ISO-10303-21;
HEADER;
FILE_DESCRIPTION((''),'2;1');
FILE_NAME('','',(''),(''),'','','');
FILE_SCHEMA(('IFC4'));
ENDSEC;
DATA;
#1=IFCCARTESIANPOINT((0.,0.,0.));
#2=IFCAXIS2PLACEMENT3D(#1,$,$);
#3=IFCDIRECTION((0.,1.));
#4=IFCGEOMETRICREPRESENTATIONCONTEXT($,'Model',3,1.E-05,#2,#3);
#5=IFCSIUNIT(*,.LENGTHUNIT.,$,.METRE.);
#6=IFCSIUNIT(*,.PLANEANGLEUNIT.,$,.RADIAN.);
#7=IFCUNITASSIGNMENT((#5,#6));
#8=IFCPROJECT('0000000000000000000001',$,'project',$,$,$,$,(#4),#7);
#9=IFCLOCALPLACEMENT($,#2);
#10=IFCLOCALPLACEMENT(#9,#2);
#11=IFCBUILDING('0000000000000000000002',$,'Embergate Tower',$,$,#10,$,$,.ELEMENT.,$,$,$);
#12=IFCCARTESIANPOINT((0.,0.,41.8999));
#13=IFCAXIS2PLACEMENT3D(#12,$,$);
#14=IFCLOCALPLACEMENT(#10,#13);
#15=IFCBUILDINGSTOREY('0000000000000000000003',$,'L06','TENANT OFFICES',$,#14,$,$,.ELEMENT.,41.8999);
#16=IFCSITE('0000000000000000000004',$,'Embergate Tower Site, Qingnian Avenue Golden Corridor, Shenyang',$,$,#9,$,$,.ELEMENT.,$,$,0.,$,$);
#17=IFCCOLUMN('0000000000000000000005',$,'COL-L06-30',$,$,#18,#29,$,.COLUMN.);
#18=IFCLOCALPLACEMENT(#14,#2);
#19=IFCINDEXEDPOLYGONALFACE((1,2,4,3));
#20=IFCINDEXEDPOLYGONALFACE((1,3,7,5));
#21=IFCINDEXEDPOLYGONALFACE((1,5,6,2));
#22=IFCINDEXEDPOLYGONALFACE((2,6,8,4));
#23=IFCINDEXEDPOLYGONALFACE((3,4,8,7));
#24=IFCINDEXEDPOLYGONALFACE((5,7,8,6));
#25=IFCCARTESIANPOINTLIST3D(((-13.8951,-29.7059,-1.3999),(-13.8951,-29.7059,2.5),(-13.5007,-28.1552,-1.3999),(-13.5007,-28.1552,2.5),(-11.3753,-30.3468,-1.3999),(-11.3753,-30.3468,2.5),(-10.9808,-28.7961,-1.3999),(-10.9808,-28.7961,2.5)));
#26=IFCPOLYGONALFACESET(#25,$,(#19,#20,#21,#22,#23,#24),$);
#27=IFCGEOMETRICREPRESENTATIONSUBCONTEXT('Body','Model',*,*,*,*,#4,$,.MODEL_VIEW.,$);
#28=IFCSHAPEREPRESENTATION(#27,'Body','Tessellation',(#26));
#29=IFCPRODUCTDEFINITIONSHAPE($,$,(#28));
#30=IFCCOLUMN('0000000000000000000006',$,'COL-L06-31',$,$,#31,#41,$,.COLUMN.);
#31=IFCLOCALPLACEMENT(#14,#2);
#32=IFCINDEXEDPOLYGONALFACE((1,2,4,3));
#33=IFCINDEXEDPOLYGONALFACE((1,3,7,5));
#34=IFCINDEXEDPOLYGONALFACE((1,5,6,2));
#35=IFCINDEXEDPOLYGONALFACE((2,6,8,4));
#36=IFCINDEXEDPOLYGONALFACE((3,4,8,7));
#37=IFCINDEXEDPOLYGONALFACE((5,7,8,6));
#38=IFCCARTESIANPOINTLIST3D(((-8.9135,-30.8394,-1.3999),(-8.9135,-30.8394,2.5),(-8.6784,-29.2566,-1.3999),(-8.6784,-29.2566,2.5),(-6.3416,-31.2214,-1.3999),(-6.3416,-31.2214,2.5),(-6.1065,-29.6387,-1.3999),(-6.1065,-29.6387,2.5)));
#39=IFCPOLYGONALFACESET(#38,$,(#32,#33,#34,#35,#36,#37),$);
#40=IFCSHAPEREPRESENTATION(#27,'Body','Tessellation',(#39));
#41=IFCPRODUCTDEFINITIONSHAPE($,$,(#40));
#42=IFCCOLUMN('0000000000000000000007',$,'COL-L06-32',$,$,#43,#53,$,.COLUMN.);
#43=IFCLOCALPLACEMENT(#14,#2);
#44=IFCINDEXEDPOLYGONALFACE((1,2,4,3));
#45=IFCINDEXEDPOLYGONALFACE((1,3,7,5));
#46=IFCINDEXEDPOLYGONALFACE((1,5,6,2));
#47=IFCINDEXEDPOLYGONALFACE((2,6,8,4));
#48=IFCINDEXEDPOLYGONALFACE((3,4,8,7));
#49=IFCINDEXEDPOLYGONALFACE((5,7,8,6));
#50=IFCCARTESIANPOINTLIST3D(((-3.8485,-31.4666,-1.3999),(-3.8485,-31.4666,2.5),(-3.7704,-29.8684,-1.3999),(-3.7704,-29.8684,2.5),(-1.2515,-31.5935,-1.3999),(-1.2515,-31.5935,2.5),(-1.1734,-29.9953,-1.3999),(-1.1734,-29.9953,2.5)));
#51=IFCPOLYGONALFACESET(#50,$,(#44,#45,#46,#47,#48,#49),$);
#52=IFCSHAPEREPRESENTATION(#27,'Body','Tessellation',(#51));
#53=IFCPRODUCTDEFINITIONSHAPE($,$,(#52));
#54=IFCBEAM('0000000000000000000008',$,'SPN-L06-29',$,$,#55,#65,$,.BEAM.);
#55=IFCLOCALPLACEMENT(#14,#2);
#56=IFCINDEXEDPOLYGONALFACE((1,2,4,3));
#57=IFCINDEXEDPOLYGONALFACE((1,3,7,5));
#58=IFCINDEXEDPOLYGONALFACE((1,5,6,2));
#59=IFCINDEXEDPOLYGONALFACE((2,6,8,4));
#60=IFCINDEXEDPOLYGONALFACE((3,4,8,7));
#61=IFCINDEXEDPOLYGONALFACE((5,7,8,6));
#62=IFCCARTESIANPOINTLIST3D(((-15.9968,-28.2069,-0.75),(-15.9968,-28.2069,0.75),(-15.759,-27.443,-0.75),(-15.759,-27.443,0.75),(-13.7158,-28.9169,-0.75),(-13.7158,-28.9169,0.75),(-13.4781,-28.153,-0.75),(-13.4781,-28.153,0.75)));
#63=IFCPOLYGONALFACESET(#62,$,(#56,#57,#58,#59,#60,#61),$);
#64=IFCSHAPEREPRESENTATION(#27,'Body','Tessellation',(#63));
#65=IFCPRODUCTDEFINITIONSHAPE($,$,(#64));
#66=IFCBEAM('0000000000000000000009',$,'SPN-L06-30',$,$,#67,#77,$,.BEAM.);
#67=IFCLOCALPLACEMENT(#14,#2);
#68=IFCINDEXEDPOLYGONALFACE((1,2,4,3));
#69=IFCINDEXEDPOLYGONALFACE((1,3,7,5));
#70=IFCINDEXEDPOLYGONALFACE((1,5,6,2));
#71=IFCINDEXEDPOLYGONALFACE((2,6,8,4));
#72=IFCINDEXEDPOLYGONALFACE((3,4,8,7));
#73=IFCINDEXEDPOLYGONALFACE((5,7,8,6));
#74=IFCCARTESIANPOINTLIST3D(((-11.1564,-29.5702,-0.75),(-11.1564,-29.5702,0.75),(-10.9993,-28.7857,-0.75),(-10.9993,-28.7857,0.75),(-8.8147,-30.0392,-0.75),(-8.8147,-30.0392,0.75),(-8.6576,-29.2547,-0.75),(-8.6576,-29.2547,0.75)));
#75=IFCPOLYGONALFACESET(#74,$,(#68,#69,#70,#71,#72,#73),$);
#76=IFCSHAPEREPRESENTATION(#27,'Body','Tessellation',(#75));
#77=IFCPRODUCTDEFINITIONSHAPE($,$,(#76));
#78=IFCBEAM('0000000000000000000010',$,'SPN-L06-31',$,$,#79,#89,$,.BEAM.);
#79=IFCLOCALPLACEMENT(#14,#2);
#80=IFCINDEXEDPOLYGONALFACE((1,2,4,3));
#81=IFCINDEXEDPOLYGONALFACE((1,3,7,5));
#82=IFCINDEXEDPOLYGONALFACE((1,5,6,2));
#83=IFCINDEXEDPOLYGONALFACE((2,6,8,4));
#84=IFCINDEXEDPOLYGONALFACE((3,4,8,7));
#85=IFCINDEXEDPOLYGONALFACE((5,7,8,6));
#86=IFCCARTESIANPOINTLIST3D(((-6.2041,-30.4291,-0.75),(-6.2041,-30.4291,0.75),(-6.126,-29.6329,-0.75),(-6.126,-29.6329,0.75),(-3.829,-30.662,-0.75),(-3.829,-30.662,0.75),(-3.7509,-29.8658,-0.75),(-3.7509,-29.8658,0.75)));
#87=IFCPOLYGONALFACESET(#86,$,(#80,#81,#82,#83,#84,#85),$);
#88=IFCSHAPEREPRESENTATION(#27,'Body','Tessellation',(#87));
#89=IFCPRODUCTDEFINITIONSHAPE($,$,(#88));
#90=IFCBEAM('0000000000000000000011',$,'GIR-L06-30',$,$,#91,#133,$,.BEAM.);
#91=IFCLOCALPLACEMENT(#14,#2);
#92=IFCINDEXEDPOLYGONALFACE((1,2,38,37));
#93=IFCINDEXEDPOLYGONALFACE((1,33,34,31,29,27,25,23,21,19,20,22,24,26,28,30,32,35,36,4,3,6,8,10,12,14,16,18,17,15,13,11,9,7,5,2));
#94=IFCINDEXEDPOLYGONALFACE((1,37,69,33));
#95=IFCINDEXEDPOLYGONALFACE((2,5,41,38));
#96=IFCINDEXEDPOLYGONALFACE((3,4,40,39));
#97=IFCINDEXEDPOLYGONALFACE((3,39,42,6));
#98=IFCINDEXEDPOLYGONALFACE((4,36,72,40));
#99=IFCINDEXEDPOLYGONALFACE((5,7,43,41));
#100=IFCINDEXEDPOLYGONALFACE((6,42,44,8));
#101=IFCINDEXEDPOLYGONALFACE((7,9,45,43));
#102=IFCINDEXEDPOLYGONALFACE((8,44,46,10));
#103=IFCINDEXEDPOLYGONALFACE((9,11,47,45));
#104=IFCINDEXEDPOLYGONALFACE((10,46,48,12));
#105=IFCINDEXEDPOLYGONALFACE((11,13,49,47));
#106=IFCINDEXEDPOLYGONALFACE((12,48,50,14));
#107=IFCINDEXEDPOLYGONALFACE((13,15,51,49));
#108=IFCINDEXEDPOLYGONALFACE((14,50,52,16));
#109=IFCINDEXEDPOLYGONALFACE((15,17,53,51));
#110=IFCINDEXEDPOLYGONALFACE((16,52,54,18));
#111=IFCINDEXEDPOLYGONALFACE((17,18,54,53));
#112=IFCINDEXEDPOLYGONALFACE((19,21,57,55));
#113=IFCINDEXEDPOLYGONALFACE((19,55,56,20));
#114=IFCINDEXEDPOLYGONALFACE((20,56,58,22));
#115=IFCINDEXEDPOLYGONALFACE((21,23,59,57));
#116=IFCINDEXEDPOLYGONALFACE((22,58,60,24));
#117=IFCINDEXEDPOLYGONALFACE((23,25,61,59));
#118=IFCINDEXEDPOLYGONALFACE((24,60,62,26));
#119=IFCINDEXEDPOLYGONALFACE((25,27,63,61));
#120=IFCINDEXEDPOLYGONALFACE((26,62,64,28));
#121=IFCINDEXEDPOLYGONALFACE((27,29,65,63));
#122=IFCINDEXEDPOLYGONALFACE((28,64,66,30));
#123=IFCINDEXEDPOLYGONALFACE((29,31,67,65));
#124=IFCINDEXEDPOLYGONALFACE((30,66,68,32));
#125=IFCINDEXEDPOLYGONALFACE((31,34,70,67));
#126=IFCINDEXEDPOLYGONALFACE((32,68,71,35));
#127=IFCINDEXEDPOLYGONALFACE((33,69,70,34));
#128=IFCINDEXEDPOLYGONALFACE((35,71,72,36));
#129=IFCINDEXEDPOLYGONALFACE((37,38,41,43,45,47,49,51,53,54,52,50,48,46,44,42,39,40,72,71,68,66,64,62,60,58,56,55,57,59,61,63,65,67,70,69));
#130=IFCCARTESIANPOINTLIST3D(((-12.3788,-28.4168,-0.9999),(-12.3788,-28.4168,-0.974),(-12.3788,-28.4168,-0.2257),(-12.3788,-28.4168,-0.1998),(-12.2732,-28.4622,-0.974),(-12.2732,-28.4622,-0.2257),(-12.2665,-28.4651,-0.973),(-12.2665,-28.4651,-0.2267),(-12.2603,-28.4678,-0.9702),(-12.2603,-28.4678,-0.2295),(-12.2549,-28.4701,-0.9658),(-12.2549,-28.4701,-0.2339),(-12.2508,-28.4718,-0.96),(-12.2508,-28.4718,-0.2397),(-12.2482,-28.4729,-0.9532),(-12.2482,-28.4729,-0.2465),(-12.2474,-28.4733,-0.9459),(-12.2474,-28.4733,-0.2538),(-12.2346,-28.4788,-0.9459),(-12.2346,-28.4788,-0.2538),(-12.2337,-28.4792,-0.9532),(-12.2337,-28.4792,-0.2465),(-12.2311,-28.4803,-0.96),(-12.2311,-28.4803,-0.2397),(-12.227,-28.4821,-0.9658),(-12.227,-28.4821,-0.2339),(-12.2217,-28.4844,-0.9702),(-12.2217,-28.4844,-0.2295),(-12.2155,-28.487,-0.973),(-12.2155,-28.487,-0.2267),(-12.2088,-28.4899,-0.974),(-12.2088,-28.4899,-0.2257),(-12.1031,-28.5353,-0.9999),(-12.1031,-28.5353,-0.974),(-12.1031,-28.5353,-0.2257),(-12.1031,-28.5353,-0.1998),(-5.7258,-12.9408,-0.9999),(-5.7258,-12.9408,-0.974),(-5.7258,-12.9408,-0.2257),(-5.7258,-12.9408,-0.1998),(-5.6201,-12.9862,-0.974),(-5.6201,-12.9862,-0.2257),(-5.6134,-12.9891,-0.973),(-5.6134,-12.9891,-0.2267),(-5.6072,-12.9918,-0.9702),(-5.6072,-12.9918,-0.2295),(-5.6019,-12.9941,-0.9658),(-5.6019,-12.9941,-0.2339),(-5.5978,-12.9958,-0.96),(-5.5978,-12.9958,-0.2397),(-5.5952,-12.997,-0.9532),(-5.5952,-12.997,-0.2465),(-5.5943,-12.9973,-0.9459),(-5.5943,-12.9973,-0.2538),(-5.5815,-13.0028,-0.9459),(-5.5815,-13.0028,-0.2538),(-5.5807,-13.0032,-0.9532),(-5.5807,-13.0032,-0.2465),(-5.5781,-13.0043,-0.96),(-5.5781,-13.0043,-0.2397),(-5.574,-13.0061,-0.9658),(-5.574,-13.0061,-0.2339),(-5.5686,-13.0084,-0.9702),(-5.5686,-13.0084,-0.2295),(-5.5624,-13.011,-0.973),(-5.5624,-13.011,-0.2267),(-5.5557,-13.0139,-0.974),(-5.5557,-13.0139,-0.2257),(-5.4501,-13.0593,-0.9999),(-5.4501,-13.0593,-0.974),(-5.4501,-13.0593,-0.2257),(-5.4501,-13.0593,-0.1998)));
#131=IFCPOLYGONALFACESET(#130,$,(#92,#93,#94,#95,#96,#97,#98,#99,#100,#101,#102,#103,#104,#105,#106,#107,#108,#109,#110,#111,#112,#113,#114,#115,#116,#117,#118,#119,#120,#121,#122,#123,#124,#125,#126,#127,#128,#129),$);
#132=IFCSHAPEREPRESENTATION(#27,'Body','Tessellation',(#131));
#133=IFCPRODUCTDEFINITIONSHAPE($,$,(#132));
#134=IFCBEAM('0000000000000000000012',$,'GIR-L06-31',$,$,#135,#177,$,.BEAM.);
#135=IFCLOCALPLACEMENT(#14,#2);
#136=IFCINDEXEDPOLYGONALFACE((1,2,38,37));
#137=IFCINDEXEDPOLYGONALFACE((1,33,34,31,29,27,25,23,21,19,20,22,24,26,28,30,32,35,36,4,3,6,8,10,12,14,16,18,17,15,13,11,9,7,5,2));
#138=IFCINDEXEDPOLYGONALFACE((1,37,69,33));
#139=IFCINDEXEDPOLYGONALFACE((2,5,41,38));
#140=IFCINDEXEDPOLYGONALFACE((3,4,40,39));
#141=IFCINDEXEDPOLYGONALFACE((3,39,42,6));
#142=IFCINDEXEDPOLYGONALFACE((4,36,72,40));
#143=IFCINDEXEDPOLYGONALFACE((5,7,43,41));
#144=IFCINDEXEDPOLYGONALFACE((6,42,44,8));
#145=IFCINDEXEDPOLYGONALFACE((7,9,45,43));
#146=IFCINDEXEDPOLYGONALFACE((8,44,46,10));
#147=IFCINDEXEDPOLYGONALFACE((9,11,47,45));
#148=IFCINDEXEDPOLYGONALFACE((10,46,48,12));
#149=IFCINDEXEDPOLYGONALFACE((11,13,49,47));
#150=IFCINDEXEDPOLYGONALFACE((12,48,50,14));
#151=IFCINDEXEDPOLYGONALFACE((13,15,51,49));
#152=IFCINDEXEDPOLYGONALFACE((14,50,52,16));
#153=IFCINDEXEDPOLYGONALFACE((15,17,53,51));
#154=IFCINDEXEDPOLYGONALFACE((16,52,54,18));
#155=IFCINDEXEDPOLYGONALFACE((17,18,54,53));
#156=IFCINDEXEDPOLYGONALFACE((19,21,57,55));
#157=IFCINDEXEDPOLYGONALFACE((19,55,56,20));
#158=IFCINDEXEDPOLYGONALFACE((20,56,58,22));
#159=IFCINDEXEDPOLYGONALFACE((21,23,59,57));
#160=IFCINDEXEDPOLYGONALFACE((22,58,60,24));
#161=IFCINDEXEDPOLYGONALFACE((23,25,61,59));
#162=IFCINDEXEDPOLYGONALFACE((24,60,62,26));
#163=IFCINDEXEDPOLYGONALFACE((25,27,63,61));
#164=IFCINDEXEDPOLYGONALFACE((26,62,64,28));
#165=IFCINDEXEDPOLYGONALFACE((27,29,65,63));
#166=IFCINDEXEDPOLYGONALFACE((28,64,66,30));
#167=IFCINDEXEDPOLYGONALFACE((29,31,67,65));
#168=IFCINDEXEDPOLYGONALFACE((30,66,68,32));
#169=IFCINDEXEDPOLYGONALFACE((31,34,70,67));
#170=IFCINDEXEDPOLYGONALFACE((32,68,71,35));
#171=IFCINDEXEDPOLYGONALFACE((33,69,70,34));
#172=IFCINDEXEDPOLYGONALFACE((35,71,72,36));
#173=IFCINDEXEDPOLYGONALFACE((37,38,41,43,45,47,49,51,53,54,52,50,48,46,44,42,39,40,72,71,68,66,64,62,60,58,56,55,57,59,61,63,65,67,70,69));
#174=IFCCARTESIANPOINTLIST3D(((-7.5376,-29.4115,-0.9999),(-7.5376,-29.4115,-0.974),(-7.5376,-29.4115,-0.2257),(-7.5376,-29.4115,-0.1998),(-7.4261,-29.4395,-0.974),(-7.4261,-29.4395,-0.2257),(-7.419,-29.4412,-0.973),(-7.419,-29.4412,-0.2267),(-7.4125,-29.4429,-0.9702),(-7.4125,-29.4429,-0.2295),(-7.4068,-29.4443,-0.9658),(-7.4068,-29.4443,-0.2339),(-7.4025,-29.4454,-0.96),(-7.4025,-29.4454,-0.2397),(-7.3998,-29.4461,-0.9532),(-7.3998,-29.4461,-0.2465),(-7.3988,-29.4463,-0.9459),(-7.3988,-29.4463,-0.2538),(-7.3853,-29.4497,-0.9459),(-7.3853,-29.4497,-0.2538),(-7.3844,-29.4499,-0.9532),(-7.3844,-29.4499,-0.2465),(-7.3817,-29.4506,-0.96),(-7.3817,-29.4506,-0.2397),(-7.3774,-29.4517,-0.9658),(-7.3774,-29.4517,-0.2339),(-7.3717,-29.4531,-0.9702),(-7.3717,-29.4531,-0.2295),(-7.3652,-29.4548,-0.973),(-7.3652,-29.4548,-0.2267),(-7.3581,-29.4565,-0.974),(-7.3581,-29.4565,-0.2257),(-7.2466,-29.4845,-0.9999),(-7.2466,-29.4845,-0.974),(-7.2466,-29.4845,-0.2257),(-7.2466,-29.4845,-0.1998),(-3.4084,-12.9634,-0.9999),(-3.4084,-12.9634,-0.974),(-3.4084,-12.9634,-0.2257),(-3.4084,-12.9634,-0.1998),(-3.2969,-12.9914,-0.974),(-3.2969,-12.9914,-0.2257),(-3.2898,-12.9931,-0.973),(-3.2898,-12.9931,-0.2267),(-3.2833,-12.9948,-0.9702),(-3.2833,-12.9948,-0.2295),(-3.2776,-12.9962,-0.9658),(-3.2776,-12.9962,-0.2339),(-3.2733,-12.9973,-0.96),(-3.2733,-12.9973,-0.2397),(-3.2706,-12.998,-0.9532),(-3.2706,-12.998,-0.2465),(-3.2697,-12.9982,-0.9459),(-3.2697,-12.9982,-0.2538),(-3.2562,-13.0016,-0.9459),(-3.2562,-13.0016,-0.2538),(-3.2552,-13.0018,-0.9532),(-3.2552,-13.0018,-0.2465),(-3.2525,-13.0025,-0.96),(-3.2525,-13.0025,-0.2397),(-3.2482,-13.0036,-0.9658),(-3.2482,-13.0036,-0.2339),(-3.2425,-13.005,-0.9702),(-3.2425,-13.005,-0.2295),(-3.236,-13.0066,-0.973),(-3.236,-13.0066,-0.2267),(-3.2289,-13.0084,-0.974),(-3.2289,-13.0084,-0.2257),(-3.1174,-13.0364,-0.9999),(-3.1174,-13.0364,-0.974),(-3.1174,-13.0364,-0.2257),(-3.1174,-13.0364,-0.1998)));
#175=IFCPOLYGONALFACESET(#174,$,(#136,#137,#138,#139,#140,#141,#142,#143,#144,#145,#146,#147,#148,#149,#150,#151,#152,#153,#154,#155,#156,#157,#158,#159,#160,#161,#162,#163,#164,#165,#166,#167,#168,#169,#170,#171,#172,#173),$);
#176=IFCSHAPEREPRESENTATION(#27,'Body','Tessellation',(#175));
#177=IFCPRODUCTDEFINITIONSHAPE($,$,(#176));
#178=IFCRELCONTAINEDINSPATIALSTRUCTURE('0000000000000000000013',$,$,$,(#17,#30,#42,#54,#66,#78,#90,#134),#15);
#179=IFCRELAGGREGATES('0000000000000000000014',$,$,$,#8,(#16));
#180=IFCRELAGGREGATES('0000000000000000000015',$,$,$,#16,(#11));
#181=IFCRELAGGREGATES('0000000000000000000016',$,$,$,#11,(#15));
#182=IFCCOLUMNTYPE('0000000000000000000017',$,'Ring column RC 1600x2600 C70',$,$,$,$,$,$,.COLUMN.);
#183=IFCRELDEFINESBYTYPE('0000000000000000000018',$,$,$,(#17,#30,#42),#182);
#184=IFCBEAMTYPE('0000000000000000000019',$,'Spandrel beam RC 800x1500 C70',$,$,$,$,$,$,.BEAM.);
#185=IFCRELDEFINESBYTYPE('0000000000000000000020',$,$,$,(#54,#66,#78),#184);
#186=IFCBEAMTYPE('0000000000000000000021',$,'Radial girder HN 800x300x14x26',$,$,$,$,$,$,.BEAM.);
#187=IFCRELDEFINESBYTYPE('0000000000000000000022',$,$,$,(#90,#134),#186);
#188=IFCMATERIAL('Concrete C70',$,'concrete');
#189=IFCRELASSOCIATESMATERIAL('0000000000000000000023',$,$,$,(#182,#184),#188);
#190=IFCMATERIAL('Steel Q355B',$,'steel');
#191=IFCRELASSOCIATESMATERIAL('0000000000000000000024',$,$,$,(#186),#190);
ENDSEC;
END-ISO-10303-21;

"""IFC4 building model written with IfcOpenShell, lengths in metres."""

from ifc_helpers import new_model, si_unit, direction, frame, origin, origin_2d, place, context, subcontext, project, spatial, rectangle, i_section, extrude, source, transform, mapped, material, material_profile, profile_set, type_object, element, save


model = new_model("IFC4")

# Units and contexts
model_context = context("Model", 3, precision=1e-05, world=origin(), true_north=direction((0.0, 1.0)))
body_context = subcontext(model_context, "Body", "Model", "MODEL_VIEW")
ifc_project = project(units=[si_unit("LENGTHUNIT", "METRE"), si_unit("PLANEANGLEUNIT", "RADIAN")], contexts=[model_context])

# Site, building, storey
site_placement = place(None, origin())
site = spatial("IfcSite", under=ifc_project, at=site_placement, Name="Embergate Tower Site, Qingnian Avenue Golden Corridor, Shenyang", CompositionType="ELEMENT", RefElevation=0.0)
building_placement = place(site_placement, origin())
building = spatial("IfcBuilding", under=site, at=building_placement, Name="Embergate Tower", CompositionType="ELEMENT")
storey_placement = place(building_placement, frame((0.0, 0.0, 41.8999)))
storey = spatial("IfcBuildingStorey", under=building, at=storey_placement, Name="L06", Description="TENANT OFFICES", CompositionType="ELEMENT", Elevation=41.8999)

# Columns
ifc_material_1 = material(Name="Concrete C70", Category="concrete")
ifc_material_profile_1 = material_profile(ifc_material_1, rectangle(XDim=1.6001, YDim=2.6001, at=origin_2d()), Name="RC 1600x2600")
ifc_profile_set_1 = profile_set([ifc_material_profile_1], Name="Concrete C70")
column_type = type_object("IfcColumnType", Name="Ring column RC 1600x2600 C70", PredefinedType="COLUMN", material=ifc_profile_set_1)
shared_shape_1 = source(origin(), body_context, "Body", "SweptSolid", [
    extrude(rectangle(XDim=1.6001, YDim=2.6001, at=origin_2d()), origin(), (0.0, 0.0, 1.0), 3.8999),
])
for number, where, z_axis, x_axis, name in (
    (1, (-12.438, -29.251, -1.3999), (0.0, 0.0, 1.0), (-0.246492, -0.969145, 0.0), "COL-L06-30"),
    (2, (-7.51, -30.239, -1.3999), (0.0, 0.0, 1.0), (-0.146929, -0.989147, 0.0), "COL-L06-31"),
    (3, (-2.511, -30.731, -1.3999), (0.0, 0.0, 1.0), (-0.048815, -0.998808, 0.0), "COL-L06-32"),
):
    element("IfcColumn", number, at=place(storey_placement, frame(where, z_axis=z_axis, x_axis=x_axis)), inside=storey, type_object=column_type, Name=name, PredefinedType="COLUMN", context=body_context, shape_type="MappedRepresentation", body=[
        mapped(shared_shape_1, transform((0.0, 0.0, 0.0))),
    ])

# Beams
ifc_material_profile_2 = material_profile(ifc_material_1, rectangle(XDim=0.8, YDim=1.5, at=origin_2d()), Name="RC 800x1500")
ifc_profile_set_2 = profile_set([ifc_material_profile_2], Name="Concrete C70")
beam_type_1 = type_object("IfcBeamType", Name="Spandrel beam RC 800x1500 C70", PredefinedType="BEAM", material=ifc_profile_set_2)
shared_shape_2 = source(origin(), body_context, "Body", "SweptSolid", [
    extrude(rectangle(XDim=0.8, YDim=1.5, at=origin_2d()), origin(), (0.0, 0.0, 1.0), 2.3889),
])
beam_1_placement = place(storey_placement, frame((-15.8779, -27.825, 0.0), z_axis=(0.954819, -0.297187, 0.0), x_axis=(0.297187, 0.954819, 0.0)))
element("IfcBeam", 4, at=beam_1_placement, inside=storey, type_object=beam_type_1, Name="SPN-L06-29", PredefinedType="BEAM", context=body_context, shape_type="MappedRepresentation", body=[
    mapped(shared_shape_2, transform((0.0, 0.0, 0.0))),
])
shared_shape_3 = source(origin(), body_context, "Body", "SweptSolid", [
    extrude(rectangle(XDim=0.8, YDim=1.5, at=origin_2d()), origin(), (0.0, 0.0, 1.0), 2.3882),
])
beam_2_placement = place(storey_placement, frame((-11.0779, -29.178, 0.0), z_axis=(0.98053, -0.196372, 0.0), x_axis=(0.196372, 0.98053, 0.0)))
element("IfcBeam", 5, at=beam_2_placement, inside=storey, type_object=beam_type_1, Name="SPN-L06-30", PredefinedType="BEAM", context=body_context, shape_type="MappedRepresentation", body=[
    mapped(shared_shape_3, transform((0.0, 0.0, 0.0))),
])
shared_shape_4 = source(origin(), body_context, "Body", "SweptSolid", [
    extrude(rectangle(XDim=0.8, YDim=1.5, at=origin_2d()), origin(), (0.0, 0.0, 1.0), 2.3865),
])
beam_3_placement = place(storey_placement, frame((-6.165, -30.031, 0.0), z_axis=(0.995226, -0.097599, 0.0), x_axis=(0.097599, 0.995226, 0.0)))
element("IfcBeam", 6, at=beam_3_placement, inside=storey, type_object=beam_type_1, Name="SPN-L06-31", PredefinedType="BEAM", context=body_context, shape_type="MappedRepresentation", body=[
    mapped(shared_shape_4, transform((0.0, 0.0, 0.0))),
])
ifc_material_2 = material(Name="Steel Q355B", Category="steel")
ifc_material_profile_3 = material_profile(ifc_material_2, i_section(OverallWidth=0.3, OverallDepth=0.8, WebThickness=0.0139, FlangeThickness=0.0259, FilletRadius=0.0281, at=origin_2d()), Name="HN 800x300x14x26")
ifc_profile_set_3 = profile_set([ifc_material_profile_3], Name="Steel Q355 grade B")
beam_type_2 = type_object("IfcBeamType", Name="Radial girder HN 800x300x14x26", PredefinedType="BEAM", material=ifc_profile_set_3)
shared_shape_5 = source(origin(), body_context, "Body", "SweptSolid", [
    extrude(i_section(OverallWidth=0.3, OverallDepth=0.8, WebThickness=0.0139, FlangeThickness=0.0259, FilletRadius=0.0281, at=origin_2d()), origin(), (0.0, 0.0, 1.0), 16.8455),
])
beam_4_placement = place(storey_placement, frame((-12.241, -28.4761, -0.5999), z_axis=(0.394946, 0.918704, 0.0), x_axis=(-0.918704, 0.394946, 0.0)))
element("IfcBeam", 7, at=beam_4_placement, inside=storey, type_object=beam_type_2, Name="GIR-L06-30", PredefinedType="BEAM", context=body_context, shape_type="MappedRepresentation", body=[
    mapped(shared_shape_5, transform((0.0, 0.0, 0.0))),
])
shared_shape_6 = source(origin(), body_context, "Body", "SweptSolid", [
    extrude(i_section(OverallWidth=0.3, OverallDepth=0.8, WebThickness=0.0139, FlangeThickness=0.0259, FilletRadius=0.0281, at=origin_2d()), origin(), (0.0, 0.0, 1.0), 16.9585),
])
beam_5_placement = place(storey_placement, frame((-7.3921, -29.448, -0.5999), z_axis=(0.243487, 0.969904, 0.0), x_axis=(-0.969904, 0.243487, 0.0)))
element("IfcBeam", 8, at=beam_5_placement, inside=storey, type_object=beam_type_2, Name="GIR-L06-31", PredefinedType="BEAM", context=body_context, shape_type="MappedRepresentation", body=[
    mapped(shared_shape_6, transform((0.0, 0.0, 0.0))),
])

save(model, "model.ifc")
